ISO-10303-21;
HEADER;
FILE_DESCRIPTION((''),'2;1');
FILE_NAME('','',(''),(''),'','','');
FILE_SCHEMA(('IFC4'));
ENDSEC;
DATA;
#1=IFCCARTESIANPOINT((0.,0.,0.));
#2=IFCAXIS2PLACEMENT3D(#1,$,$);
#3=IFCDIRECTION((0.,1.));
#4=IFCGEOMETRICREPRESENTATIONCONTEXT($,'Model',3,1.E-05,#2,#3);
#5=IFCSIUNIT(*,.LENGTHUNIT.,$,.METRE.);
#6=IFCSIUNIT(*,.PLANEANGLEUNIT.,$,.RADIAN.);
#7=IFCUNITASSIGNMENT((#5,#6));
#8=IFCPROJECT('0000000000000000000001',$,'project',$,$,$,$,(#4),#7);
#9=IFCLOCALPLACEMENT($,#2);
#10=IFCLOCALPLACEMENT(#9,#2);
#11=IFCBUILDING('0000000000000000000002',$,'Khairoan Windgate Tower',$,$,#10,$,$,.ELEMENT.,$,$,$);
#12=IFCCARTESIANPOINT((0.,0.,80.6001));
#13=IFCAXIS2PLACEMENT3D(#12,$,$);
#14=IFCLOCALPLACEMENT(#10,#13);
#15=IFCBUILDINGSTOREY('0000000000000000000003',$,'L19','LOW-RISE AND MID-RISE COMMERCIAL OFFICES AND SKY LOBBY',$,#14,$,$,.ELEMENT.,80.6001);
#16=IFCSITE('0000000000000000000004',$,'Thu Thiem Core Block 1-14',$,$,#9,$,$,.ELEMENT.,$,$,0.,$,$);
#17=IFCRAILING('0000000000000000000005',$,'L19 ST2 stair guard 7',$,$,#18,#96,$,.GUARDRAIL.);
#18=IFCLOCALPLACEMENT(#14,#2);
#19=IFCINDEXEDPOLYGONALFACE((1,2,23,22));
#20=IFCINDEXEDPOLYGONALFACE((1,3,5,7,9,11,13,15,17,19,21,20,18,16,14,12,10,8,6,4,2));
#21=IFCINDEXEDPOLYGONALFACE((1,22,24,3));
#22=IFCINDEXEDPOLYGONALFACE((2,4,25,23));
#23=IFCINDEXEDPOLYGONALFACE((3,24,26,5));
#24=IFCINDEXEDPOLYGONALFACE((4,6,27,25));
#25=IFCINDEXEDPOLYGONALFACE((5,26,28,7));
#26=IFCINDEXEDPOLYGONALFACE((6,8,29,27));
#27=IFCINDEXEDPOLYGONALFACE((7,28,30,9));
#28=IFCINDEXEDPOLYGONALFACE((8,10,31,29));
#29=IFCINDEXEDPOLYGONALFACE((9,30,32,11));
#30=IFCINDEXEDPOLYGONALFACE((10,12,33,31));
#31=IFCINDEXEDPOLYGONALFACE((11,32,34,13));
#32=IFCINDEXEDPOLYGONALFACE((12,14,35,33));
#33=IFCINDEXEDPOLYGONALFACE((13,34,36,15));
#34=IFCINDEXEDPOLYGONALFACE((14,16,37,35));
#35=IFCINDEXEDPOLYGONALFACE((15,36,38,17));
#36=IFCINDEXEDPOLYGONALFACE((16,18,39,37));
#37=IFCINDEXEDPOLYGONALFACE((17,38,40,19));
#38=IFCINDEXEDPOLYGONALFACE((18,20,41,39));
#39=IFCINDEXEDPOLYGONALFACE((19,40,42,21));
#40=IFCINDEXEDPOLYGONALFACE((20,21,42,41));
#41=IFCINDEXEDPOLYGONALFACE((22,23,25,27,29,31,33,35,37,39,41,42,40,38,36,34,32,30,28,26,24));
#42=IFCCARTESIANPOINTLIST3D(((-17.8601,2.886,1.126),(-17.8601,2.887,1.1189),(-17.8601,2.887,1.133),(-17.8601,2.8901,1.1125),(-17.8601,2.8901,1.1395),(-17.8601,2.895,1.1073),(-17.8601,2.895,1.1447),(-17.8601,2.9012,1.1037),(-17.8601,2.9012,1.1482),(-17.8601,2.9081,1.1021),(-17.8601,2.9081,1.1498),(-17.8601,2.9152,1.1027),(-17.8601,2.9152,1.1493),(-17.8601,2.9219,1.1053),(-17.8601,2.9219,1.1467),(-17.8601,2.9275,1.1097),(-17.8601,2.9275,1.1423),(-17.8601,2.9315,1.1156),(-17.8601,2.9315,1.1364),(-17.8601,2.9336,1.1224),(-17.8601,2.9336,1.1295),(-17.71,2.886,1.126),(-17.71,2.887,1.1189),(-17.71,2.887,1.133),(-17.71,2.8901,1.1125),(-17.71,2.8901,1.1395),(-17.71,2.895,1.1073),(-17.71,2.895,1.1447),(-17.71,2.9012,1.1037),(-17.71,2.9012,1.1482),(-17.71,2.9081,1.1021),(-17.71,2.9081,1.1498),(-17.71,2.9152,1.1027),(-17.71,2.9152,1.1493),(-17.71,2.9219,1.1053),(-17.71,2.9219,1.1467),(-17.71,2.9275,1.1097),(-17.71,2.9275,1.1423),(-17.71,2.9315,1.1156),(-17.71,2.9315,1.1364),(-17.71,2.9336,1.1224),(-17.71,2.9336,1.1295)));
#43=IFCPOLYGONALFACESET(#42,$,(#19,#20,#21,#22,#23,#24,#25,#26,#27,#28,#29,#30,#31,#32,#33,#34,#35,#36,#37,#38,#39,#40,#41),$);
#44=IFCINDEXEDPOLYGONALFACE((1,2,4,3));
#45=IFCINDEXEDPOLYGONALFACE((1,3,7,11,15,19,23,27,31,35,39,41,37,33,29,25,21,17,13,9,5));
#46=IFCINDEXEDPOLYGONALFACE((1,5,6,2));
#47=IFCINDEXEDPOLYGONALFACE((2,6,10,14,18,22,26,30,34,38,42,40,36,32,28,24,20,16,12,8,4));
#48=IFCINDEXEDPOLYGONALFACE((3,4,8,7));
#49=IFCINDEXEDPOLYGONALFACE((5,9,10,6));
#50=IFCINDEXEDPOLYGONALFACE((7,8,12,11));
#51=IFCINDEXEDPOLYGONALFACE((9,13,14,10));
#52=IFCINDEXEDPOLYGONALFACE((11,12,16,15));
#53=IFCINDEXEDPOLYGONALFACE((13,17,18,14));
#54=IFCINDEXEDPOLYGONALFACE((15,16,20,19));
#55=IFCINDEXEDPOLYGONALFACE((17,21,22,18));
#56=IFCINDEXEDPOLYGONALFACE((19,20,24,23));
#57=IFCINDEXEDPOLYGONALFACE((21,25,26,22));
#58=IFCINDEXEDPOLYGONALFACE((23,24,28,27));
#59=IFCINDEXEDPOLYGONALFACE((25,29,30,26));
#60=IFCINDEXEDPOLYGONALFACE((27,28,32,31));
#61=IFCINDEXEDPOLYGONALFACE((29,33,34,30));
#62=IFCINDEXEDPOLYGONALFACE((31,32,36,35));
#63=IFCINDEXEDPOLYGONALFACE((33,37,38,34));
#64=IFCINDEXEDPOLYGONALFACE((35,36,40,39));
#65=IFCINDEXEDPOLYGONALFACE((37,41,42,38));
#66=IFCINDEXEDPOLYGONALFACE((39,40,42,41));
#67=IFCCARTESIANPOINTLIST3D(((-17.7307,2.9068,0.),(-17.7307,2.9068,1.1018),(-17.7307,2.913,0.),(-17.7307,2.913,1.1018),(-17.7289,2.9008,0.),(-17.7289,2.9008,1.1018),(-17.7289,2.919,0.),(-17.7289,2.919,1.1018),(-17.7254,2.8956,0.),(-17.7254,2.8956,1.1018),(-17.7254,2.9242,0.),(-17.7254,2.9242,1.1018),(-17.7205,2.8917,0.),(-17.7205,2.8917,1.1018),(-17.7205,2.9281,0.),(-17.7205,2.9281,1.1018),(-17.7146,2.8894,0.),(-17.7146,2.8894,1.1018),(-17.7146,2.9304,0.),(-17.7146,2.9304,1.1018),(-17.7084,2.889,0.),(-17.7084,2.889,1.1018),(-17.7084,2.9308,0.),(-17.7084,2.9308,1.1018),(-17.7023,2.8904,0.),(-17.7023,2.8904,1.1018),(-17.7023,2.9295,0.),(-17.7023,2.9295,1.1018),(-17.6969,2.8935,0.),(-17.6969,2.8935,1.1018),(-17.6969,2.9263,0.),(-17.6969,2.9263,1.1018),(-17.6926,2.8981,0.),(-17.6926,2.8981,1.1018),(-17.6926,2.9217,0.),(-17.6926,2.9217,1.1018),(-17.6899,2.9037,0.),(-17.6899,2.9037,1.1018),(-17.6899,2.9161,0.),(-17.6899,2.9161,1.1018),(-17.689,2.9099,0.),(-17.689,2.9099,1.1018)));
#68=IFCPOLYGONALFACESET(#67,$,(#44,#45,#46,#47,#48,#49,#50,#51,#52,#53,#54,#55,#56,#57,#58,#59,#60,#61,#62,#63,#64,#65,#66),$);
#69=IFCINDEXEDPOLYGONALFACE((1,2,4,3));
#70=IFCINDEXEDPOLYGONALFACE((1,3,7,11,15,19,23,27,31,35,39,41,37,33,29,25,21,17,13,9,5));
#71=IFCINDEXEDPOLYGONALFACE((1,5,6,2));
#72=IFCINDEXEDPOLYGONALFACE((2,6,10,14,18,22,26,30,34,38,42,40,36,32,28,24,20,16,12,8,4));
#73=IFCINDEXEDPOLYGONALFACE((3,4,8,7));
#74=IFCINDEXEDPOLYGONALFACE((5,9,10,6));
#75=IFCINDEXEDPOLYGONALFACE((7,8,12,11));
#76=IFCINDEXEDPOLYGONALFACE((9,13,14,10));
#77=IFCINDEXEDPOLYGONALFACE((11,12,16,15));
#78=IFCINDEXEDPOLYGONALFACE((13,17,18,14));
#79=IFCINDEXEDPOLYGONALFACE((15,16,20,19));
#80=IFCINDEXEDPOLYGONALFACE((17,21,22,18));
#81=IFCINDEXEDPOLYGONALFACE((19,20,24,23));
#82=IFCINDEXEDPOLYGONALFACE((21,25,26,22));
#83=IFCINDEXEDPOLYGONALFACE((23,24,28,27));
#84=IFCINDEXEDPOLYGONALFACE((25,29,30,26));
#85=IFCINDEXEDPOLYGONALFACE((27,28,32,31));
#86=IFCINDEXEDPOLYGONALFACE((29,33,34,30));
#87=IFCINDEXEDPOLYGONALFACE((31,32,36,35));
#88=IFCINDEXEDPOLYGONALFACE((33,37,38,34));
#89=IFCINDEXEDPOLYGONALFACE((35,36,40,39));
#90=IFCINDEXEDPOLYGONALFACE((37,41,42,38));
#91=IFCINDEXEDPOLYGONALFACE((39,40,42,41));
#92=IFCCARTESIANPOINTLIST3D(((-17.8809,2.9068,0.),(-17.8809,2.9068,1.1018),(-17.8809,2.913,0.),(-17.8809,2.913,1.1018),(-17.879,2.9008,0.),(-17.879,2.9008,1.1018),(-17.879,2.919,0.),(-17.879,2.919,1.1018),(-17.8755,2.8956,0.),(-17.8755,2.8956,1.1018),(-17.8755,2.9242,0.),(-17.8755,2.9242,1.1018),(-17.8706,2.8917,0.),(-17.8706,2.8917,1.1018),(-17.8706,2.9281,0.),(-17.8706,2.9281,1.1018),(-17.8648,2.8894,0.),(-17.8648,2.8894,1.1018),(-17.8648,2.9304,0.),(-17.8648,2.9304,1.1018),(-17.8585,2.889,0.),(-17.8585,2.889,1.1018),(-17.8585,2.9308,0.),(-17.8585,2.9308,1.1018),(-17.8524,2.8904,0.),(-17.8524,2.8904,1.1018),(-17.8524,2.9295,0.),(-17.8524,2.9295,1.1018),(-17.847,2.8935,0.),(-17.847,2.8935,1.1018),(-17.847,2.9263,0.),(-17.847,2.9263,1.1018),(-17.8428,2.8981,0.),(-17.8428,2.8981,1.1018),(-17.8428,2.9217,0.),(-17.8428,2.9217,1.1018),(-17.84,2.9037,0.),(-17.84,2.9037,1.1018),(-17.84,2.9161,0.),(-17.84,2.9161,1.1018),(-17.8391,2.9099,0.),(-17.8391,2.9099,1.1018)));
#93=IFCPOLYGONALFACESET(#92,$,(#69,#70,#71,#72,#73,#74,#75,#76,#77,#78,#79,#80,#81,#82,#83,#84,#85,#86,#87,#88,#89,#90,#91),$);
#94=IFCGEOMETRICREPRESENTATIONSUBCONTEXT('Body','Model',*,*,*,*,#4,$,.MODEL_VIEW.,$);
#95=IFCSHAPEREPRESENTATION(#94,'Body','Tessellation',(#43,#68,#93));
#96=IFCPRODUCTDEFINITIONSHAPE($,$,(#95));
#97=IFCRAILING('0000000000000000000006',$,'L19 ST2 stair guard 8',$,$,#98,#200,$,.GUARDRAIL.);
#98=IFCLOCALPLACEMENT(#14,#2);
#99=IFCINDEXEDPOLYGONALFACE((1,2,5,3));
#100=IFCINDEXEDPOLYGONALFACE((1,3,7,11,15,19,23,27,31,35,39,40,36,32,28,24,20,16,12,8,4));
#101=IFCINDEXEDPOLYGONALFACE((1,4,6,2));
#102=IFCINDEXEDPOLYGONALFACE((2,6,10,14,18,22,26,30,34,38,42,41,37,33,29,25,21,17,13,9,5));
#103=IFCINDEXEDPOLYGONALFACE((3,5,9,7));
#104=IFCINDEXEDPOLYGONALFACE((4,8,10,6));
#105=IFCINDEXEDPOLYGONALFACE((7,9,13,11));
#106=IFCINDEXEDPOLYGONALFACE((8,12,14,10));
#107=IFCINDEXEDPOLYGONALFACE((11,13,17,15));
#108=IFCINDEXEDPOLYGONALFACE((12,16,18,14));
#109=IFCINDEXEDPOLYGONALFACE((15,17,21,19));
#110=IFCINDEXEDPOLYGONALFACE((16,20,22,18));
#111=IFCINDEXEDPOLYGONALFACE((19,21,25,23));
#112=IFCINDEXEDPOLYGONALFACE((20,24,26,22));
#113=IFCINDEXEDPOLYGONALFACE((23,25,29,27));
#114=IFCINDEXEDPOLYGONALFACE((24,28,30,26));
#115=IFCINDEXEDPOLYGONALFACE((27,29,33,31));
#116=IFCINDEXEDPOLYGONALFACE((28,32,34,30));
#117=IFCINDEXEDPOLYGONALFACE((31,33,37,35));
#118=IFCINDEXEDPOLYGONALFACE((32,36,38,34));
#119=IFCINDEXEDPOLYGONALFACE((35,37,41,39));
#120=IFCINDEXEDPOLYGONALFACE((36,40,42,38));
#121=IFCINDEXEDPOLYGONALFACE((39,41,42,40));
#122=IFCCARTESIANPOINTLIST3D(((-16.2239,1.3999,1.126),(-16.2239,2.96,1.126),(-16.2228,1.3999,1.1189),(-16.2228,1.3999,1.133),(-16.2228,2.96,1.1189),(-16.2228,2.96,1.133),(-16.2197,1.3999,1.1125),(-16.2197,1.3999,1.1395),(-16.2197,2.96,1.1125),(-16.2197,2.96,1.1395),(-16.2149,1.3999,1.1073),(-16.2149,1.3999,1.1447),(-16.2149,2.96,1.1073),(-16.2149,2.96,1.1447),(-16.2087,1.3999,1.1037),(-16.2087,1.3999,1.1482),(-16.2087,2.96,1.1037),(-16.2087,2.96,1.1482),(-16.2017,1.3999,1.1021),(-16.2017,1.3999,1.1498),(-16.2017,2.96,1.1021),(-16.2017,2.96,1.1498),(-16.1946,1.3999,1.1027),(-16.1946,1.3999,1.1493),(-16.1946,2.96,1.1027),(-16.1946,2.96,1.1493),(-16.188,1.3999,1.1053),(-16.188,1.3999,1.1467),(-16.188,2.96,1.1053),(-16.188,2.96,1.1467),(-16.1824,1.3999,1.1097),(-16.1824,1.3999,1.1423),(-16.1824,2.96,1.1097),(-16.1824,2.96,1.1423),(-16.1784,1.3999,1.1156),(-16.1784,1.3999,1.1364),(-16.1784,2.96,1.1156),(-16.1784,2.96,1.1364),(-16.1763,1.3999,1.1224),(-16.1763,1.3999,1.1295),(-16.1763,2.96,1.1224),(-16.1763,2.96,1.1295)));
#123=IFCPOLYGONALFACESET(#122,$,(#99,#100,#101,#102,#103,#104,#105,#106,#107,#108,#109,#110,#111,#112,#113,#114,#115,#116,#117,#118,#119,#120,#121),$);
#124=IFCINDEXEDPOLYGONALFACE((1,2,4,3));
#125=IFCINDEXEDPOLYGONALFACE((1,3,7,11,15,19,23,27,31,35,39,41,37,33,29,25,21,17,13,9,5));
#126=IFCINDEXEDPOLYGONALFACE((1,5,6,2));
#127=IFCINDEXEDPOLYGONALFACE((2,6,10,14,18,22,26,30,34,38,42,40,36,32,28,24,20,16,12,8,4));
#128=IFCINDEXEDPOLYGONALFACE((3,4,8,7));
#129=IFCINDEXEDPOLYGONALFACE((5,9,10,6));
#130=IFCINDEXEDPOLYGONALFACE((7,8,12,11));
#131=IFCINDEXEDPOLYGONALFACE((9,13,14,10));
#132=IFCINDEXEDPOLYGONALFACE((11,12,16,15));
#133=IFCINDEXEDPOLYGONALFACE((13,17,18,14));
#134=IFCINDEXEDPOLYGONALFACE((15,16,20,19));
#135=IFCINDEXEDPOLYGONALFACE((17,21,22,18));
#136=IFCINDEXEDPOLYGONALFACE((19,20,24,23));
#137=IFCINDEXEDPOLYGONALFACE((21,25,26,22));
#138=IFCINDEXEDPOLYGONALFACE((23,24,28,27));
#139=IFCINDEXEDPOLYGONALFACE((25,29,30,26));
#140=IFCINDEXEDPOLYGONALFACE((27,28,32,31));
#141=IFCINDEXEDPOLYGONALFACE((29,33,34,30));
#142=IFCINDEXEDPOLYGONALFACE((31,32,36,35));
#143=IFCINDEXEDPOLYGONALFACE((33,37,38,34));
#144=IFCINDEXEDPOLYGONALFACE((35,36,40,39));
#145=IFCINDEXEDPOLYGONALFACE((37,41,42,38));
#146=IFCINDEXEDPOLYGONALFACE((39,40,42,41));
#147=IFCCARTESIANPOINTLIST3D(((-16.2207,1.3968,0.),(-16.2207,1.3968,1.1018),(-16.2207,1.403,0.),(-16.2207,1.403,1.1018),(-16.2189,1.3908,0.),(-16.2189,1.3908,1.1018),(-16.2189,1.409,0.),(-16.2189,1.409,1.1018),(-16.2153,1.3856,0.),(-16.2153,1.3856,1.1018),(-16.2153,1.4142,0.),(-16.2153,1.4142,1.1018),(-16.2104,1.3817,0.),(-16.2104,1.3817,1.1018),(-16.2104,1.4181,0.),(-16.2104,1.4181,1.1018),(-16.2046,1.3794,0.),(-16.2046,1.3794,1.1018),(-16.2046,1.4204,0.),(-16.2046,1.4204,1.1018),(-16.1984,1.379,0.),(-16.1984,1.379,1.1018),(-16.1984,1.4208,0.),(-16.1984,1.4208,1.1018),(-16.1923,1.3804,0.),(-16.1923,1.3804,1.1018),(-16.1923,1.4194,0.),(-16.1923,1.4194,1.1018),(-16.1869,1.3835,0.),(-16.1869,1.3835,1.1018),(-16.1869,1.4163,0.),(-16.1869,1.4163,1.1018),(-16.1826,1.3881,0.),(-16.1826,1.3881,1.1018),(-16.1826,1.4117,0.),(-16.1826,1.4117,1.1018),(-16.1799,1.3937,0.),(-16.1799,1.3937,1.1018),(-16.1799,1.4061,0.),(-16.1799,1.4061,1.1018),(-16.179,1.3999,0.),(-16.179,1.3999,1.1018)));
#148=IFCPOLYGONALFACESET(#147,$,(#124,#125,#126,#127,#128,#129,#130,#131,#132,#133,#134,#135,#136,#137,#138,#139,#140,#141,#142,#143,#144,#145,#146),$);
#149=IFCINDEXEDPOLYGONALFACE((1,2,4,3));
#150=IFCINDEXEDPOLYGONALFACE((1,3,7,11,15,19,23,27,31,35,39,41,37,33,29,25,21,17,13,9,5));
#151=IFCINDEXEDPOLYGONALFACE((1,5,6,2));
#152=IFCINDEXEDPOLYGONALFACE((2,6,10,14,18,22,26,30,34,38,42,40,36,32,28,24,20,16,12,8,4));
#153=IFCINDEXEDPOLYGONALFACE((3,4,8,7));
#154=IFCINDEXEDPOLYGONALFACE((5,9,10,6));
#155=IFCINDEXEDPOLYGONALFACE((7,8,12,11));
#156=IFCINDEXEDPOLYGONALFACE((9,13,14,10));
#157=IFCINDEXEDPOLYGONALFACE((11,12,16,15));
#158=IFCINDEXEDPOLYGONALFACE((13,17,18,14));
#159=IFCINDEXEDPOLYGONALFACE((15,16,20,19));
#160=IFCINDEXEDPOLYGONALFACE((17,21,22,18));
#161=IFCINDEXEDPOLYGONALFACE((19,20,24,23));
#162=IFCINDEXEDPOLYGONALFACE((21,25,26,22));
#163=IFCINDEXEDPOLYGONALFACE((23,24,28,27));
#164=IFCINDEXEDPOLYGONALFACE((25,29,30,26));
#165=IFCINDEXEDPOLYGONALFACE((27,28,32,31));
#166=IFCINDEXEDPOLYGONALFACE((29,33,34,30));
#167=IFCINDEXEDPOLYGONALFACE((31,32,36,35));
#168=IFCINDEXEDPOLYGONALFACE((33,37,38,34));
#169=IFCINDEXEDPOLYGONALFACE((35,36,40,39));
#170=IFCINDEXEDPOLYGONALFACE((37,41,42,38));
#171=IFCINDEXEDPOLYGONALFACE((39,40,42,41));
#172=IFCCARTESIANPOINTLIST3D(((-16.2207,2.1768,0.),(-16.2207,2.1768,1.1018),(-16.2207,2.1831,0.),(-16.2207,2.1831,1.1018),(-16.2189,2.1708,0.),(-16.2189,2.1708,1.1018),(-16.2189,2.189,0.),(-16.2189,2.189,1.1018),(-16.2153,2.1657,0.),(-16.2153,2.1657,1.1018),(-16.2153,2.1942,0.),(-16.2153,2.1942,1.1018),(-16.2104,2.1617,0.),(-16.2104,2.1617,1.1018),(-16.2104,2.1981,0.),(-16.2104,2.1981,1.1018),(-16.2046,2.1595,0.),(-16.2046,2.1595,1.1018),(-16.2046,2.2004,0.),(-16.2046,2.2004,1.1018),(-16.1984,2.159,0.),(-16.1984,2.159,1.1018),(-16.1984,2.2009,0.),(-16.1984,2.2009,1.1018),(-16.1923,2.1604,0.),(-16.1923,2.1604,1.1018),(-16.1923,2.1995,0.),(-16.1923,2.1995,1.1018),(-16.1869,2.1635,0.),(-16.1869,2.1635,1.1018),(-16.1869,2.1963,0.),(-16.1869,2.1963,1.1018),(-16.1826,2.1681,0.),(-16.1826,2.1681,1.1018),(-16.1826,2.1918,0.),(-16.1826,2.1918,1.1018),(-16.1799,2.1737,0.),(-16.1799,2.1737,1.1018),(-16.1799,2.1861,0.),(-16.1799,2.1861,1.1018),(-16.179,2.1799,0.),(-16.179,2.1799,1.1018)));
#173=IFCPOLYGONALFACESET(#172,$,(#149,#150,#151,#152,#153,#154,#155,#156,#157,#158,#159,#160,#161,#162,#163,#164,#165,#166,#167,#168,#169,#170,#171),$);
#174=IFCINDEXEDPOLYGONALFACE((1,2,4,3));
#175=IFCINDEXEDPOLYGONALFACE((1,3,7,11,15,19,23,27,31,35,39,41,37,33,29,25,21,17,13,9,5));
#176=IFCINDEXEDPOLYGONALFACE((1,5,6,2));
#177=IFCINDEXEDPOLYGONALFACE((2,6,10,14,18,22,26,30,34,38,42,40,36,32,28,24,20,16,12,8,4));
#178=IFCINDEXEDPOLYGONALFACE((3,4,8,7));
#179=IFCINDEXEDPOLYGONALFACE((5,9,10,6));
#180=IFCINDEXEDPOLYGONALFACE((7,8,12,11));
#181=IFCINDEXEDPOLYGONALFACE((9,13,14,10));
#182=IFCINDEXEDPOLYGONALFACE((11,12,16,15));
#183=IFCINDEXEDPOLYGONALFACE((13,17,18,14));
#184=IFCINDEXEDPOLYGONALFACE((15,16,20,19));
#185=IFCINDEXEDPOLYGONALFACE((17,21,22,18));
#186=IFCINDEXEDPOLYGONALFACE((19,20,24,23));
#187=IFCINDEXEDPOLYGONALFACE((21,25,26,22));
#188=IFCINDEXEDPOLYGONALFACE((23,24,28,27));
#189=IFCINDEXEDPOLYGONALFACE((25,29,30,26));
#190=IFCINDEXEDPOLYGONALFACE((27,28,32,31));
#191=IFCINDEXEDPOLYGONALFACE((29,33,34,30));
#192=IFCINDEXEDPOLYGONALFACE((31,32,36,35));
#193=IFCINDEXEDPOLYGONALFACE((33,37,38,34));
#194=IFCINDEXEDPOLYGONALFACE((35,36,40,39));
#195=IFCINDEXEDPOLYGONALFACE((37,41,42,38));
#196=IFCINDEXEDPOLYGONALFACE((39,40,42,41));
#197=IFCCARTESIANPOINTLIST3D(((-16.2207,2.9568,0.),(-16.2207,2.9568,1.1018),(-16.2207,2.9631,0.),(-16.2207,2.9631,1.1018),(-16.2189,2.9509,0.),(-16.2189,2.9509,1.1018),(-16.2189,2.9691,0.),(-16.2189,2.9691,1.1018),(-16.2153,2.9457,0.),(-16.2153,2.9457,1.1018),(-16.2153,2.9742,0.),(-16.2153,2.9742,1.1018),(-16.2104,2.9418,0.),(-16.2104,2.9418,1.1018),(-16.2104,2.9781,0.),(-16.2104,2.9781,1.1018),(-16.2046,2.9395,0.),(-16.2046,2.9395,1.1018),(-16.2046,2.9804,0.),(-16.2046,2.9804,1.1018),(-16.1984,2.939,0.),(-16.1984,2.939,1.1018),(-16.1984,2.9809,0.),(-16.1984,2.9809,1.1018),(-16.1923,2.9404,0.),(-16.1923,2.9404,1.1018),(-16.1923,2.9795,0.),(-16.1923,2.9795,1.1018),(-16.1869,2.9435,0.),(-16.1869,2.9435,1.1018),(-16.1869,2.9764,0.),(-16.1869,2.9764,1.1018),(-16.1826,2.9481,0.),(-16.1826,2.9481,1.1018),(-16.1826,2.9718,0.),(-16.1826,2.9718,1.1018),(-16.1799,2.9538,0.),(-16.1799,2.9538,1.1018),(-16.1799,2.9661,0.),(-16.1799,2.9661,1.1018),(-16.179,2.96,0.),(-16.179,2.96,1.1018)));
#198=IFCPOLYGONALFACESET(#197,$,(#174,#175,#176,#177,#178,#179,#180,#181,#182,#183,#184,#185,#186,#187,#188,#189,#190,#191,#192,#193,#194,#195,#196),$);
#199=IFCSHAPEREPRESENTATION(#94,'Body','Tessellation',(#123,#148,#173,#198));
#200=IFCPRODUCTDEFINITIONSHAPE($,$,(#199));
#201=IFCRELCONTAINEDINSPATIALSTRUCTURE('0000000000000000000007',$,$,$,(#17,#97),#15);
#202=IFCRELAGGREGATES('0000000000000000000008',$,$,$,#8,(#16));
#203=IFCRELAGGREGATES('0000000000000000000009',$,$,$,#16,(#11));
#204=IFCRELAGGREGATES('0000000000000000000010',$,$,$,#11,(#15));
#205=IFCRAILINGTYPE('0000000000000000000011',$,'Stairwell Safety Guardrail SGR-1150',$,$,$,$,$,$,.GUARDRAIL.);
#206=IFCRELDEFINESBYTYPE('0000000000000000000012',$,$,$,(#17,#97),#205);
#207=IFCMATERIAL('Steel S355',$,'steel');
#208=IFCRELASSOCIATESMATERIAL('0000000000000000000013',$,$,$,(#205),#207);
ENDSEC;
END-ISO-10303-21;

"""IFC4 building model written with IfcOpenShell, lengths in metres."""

from ifc_helpers import new_model, si_unit, direction, frame, origin, origin_2d, place, context, subcontext, project, spatial, circle, extrude, material, type_object, element, save


model = new_model("IFC4")

# Units and contexts
model_context = context("Model", 3, precision=1e-05, world=origin(), true_north=direction((0.0, 1.0)))
body_context = subcontext(model_context, "Body", "Model", "MODEL_VIEW")
ifc_project = project(units=[si_unit("LENGTHUNIT", "METRE"), si_unit("PLANEANGLEUNIT", "RADIAN")], contexts=[model_context])

# Site, building, storey
site_placement = place(None, origin())
site = spatial("IfcSite", under=ifc_project, at=site_placement, Name="Thu Thiem Core Block 1-14", CompositionType="ELEMENT", RefElevation=0.0)
building_placement = place(site_placement, origin())
building = spatial("IfcBuilding", under=site, at=building_placement, Name="Khairoan Windgate Tower", CompositionType="ELEMENT")
storey_placement = place(building_placement, frame((0.0, 0.0, 80.6001)))
storey = spatial("IfcBuildingStorey", under=building, at=storey_placement, Name="L19", Description="LOW-RISE AND MID-RISE COMMERCIAL OFFICES AND SKY LOBBY", CompositionType="ELEMENT", Elevation=80.6001)

# Railings
ifc_material_1 = material(Name="Steel S355", Category="steel")
railing_type_1 = type_object("IfcRailingType", Name="Stairwell Safety Guardrail SGR-1150", PredefinedType="GUARDRAIL", material=ifc_material_1)
railing_1_placement = place(storey_placement, frame((-17.71, 2.9099, 0.0)))
element("IfcRailing", 1, at=railing_1_placement, inside=storey, type_object=railing_type_1, Name="L19 ST2 stair guard 7", PredefinedType="GUARDRAIL", context=body_context, shape_type="SweptSolid", body=[
    extrude(circle(Radius=0.0239, at=origin_2d()), frame((0.0, 0.0, 1.126), z_axis=(-1.0, 0.0, 0.0), x_axis=(0.0, -1.0, 0.0)), (0.0, 0.0, 1.0), 0.1501),
    extrude(circle(Radius=0.021, at=origin_2d()), origin(), (0.0, 0.0, 1.0), 1.1018),
    extrude(circle(Radius=0.021, at=origin_2d()), frame((-0.1501, 0.0, 0.0)), (0.0, 0.0, 1.0), 1.1018),
])
for number, where, name in (
    (2, (-16.2, 1.3999, 0.0), "L19 ST2 stair guard 8"),
):
    element("IfcRailing", number, at=place(storey_placement, frame(where)), inside=storey, type_object=railing_type_1, Name=name, PredefinedType="GUARDRAIL", context=body_context, shape_type="SweptSolid", body=[
        extrude(circle(Radius=0.0239, at=origin_2d()), frame((0.0, 0.0, 1.126), z_axis=(0.0, 1.0, 0.0), x_axis=(-1.0, 0.0, 0.0)), (0.0, 0.0, 1.0), 1.5601),
        extrude(circle(Radius=0.021, at=origin_2d()), origin(), (0.0, 0.0, 1.0), 1.1018),
        extrude(circle(Radius=0.021, at=origin_2d()), frame((0.0, 0.78, 0.0)), (0.0, 0.0, 1.0), 1.1018),
        extrude(circle(Radius=0.021, at=origin_2d()), frame((0.0, 1.5601, 0.0)), (0.0, 0.0, 1.0), 1.1018),
    ])

save(model, "model.ifc")
